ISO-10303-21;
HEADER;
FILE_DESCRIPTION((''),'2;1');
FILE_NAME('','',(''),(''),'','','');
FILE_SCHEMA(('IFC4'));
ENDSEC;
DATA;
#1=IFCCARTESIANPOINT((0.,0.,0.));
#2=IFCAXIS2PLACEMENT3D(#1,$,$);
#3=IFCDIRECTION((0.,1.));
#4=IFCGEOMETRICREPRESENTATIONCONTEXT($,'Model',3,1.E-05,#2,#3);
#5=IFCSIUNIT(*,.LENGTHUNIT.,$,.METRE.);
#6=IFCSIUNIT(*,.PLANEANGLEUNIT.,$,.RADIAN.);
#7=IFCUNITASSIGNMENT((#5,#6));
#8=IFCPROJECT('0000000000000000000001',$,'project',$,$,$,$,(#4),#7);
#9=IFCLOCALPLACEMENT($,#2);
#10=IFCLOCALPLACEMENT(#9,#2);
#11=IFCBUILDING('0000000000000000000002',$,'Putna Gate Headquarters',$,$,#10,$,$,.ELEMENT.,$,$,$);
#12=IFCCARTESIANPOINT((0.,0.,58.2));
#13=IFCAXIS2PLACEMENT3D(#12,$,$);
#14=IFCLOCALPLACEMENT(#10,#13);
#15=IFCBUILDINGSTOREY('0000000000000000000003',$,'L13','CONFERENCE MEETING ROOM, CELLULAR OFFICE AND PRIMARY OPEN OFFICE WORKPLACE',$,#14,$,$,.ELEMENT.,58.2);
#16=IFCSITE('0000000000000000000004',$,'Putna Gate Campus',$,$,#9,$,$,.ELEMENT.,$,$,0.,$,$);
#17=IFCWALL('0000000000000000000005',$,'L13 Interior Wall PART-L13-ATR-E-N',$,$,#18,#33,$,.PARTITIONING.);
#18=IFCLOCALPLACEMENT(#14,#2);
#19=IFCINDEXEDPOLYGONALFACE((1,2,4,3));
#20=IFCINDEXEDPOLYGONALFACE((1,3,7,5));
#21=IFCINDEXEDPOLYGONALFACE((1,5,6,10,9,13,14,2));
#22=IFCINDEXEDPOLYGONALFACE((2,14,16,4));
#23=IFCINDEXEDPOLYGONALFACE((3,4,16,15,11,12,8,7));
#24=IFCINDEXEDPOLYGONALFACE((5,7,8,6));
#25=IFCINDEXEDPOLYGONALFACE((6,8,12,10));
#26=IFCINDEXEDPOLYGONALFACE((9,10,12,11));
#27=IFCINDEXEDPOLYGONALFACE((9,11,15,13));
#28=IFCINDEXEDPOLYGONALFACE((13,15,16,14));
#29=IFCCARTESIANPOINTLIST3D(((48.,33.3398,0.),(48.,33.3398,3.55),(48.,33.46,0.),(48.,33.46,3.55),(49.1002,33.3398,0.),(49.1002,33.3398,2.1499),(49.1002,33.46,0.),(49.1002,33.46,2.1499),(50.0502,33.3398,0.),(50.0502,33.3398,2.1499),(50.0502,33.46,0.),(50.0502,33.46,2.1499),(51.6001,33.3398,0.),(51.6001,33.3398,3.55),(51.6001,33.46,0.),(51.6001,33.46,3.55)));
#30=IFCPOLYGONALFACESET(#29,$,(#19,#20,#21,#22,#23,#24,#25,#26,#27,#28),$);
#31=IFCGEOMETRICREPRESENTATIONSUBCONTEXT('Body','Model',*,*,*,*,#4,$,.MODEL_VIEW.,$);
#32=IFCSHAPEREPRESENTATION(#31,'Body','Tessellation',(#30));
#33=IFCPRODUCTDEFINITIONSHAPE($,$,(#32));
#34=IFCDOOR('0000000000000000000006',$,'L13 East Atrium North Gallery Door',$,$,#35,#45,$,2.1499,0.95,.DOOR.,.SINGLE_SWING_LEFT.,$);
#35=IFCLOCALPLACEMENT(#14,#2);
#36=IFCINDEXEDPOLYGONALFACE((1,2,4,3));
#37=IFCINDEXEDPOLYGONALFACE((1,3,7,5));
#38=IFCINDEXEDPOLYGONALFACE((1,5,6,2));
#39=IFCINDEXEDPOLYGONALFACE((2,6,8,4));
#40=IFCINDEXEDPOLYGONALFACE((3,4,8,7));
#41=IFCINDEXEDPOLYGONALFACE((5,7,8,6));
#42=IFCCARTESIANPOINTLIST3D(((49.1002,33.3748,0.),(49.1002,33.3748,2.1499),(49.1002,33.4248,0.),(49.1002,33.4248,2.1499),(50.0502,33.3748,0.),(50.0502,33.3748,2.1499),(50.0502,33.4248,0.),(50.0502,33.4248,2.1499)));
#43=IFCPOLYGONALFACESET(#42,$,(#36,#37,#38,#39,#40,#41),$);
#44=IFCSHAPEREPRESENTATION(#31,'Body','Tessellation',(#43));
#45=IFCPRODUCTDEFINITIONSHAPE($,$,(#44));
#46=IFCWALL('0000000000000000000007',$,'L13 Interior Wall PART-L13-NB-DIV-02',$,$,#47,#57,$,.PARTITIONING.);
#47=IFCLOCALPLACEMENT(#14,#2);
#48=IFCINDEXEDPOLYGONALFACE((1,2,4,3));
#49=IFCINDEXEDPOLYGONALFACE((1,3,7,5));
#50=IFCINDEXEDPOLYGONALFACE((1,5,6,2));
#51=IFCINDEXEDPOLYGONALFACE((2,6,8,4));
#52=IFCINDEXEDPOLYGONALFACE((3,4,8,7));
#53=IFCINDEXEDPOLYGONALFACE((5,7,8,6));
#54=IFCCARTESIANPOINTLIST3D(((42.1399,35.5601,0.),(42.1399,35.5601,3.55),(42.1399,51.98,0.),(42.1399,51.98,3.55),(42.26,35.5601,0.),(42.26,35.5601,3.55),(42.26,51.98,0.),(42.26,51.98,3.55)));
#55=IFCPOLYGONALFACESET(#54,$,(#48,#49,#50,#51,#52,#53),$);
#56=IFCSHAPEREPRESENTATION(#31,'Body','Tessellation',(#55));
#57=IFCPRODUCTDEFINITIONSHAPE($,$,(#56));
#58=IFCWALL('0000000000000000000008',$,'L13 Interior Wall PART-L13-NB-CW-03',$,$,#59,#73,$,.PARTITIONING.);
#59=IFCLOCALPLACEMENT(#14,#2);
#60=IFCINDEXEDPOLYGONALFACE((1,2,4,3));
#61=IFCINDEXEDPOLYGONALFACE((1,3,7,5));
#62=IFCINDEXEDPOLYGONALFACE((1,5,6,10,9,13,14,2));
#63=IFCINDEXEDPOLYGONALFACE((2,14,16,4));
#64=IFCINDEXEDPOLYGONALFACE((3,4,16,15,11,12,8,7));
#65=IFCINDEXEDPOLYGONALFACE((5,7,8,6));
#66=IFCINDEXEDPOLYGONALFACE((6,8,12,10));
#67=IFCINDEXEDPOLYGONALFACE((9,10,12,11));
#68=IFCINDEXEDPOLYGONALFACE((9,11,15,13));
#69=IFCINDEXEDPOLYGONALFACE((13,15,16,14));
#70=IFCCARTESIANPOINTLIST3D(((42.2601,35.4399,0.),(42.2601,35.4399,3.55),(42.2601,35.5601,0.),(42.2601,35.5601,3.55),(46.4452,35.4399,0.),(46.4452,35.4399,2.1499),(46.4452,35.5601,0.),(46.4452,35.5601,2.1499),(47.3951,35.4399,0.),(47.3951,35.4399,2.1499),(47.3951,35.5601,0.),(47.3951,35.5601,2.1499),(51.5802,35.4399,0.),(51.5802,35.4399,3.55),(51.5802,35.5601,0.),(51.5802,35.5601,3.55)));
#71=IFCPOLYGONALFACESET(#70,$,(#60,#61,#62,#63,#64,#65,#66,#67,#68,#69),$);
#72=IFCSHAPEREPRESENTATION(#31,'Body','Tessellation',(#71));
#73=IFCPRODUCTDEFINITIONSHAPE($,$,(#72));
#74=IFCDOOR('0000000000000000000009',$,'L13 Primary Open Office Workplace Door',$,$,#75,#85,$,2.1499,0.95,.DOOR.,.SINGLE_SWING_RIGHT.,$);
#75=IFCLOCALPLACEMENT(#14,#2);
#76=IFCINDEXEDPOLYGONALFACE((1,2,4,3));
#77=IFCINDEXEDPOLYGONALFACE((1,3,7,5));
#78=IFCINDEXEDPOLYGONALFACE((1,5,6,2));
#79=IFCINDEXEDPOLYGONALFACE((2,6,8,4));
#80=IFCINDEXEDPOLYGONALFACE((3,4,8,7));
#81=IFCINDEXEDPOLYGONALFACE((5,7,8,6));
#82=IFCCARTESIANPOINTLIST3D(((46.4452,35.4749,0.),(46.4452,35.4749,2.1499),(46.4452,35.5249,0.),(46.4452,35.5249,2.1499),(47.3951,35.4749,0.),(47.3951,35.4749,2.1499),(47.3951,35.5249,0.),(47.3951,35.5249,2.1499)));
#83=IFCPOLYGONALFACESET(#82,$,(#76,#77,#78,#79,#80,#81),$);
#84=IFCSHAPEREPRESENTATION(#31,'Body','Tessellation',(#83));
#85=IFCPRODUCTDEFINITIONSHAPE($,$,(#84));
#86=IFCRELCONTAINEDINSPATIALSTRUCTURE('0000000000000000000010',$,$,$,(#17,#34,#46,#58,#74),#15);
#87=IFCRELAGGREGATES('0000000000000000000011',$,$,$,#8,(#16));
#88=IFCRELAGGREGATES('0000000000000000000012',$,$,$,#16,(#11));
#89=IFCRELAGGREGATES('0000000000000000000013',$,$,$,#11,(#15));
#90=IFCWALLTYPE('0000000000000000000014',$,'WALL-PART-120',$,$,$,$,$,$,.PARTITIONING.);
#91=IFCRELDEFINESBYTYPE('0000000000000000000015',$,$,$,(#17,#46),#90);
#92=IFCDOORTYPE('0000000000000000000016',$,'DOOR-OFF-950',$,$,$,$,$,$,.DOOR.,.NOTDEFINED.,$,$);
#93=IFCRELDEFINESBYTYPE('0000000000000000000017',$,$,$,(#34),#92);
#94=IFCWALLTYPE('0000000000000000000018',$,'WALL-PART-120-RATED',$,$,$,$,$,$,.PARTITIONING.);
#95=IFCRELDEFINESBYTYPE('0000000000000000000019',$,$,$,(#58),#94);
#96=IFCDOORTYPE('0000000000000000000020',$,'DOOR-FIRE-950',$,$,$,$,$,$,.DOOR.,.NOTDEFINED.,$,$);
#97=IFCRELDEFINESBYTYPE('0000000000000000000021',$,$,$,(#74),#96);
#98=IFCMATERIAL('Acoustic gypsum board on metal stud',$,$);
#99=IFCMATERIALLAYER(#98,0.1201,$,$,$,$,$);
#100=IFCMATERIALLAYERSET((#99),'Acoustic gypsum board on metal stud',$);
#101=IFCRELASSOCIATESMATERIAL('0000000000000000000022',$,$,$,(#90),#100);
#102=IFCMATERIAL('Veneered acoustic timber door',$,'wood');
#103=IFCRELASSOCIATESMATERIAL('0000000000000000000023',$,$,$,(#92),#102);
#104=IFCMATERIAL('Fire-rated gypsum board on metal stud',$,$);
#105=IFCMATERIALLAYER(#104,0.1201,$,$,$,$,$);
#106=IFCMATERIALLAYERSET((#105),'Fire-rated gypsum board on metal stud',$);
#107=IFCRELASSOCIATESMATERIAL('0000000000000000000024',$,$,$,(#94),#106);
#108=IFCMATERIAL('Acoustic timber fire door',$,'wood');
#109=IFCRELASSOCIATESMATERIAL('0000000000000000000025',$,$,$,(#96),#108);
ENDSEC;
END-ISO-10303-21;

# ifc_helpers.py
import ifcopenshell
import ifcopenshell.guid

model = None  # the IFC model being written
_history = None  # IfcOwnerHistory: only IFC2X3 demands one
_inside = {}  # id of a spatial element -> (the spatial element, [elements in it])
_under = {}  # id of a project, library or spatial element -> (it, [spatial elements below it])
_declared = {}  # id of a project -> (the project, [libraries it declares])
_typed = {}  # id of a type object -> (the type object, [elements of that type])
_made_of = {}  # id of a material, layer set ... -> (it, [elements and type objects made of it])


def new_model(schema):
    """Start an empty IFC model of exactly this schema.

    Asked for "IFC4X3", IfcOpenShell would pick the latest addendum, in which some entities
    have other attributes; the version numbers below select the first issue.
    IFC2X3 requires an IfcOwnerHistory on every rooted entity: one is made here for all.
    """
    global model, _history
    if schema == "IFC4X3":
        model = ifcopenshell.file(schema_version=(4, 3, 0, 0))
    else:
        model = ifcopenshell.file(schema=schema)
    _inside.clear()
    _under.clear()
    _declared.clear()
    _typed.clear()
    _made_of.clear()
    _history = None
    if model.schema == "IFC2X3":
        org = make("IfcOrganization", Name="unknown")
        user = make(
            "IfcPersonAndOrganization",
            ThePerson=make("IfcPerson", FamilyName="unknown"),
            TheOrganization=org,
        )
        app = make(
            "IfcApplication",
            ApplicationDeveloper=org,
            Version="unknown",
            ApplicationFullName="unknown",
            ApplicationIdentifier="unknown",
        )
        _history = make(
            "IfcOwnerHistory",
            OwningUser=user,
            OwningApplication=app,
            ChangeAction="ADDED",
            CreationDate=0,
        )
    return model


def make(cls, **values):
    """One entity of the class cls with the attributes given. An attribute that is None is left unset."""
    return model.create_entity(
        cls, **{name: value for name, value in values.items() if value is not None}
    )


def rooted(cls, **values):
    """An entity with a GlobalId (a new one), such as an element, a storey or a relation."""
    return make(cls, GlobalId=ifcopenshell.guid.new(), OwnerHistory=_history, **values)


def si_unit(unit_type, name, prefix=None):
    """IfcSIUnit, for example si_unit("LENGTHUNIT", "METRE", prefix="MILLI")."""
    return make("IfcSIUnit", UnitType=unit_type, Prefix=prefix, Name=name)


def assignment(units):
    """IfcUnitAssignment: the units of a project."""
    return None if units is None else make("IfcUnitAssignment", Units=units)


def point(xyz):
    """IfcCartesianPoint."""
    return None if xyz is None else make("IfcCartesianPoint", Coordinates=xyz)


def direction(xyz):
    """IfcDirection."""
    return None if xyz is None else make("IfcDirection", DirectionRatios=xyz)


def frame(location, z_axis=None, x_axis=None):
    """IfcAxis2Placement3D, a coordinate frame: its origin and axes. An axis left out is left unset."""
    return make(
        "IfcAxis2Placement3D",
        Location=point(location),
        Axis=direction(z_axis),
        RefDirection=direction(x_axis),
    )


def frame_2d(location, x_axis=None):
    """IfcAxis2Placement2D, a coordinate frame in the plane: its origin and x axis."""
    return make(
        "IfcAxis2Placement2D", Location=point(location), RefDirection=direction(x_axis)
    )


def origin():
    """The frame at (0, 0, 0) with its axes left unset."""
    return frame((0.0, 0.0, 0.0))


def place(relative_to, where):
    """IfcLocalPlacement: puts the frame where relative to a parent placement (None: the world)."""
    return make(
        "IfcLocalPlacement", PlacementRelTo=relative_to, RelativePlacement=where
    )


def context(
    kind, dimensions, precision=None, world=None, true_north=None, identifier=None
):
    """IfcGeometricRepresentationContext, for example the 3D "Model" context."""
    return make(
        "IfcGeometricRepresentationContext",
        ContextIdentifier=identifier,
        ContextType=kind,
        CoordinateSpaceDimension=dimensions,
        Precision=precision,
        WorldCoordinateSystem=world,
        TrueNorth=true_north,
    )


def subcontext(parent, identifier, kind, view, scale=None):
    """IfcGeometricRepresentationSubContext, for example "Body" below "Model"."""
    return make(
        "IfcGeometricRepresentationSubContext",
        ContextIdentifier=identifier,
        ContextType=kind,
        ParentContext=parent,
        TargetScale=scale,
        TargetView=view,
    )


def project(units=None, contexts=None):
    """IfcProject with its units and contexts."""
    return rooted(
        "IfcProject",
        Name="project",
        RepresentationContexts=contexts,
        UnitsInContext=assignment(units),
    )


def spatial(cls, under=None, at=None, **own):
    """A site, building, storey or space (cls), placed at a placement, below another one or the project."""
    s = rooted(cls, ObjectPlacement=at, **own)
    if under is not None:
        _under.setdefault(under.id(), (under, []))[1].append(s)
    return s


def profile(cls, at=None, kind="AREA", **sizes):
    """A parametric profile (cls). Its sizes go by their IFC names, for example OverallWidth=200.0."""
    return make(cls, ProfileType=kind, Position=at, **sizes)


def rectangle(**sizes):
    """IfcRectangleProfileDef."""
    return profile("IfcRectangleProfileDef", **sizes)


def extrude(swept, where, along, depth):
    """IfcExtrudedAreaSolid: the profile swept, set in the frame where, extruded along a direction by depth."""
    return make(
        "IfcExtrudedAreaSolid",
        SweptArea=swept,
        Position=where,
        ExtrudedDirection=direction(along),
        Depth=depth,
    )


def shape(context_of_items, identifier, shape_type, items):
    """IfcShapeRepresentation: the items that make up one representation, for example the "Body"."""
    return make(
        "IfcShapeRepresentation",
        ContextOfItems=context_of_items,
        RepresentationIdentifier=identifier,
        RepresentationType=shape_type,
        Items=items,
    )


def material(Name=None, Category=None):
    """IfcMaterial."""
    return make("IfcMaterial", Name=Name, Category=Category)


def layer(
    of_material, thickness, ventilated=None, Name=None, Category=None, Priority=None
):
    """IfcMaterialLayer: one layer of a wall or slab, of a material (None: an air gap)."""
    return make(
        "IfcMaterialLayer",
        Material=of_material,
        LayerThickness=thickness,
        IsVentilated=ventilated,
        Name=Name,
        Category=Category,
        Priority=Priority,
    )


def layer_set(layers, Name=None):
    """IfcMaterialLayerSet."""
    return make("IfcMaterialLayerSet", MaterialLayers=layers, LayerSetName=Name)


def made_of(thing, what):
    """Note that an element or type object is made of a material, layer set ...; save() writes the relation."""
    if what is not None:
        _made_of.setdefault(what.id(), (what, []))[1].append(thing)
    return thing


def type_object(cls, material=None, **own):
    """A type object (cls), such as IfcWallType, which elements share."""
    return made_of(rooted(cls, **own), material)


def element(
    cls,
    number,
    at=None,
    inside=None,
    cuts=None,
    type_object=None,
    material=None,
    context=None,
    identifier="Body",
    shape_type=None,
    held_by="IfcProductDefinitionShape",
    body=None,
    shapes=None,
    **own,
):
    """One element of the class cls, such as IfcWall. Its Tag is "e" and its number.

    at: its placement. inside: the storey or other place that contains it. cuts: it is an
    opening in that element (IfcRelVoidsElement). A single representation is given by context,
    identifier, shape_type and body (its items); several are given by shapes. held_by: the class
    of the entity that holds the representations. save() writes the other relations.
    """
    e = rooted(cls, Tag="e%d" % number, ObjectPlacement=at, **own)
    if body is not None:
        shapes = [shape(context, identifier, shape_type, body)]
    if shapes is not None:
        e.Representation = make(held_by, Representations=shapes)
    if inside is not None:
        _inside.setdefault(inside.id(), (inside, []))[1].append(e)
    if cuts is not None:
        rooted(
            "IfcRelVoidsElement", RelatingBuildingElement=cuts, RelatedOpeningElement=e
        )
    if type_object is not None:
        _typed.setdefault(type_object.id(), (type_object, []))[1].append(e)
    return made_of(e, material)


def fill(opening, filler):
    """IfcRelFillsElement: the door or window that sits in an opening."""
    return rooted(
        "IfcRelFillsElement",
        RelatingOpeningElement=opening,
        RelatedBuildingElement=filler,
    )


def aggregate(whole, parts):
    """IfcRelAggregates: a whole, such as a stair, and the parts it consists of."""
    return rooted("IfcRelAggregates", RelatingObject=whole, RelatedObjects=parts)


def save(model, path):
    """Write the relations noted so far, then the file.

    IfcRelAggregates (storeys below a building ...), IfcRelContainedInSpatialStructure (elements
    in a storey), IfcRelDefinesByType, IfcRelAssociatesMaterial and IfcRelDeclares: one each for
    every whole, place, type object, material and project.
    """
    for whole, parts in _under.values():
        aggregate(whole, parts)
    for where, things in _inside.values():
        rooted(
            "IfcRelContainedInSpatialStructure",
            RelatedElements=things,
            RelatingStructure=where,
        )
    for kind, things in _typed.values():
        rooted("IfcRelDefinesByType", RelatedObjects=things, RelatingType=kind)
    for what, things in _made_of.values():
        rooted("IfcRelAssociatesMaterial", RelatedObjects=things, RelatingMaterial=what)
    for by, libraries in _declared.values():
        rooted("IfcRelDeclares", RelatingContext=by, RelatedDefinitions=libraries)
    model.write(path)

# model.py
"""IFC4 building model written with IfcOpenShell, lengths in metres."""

from ifc_helpers import new_model, si_unit, direction, frame, frame_2d, origin, place, context, subcontext, project, spatial, rectangle, extrude, material, layer, layer_set, type_object, element, fill, save


model = new_model("IFC4")

# Units and contexts
model_context = context("Model", 3, precision=1e-05, world=origin(), true_north=direction((0.0, 1.0)))
body_context = subcontext(model_context, "Body", "Model", "MODEL_VIEW")
ifc_project = project(units=[si_unit("LENGTHUNIT", "METRE"), si_unit("PLANEANGLEUNIT", "RADIAN")], contexts=[model_context])

# Site, building, storey
site_placement = place(None, origin())
site = spatial("IfcSite", under=ifc_project, at=site_placement, Name="Putna Gate Campus", CompositionType="ELEMENT", RefElevation=0.0)
building_placement = place(site_placement, origin())
building = spatial("IfcBuilding", under=site, at=building_placement, Name="Putna Gate Headquarters", CompositionType="ELEMENT")
storey_placement = place(building_placement, frame((0.0, 0.0, 58.2)))
storey = spatial("IfcBuildingStorey", under=building, at=storey_placement, Name="L13", Description="CONFERENCE MEETING ROOM, CELLULAR OFFICE AND PRIMARY OPEN OFFICE WORKPLACE", CompositionType="ELEMENT", Elevation=58.2)

# Shared definitions
ifc_material_1 = material(Name="Acoustic gypsum board on metal stud")
ifc_layer_1 = layer(ifc_material_1, 0.1201)
ifc_layer_set_1 = layer_set([ifc_layer_1], Name="Acoustic gypsum board on metal stud")
wall_type_1 = type_object("IfcWallType", Name="WALL-PART-120", PredefinedType="PARTITIONING", material=ifc_layer_set_1)

# Wall, opening, door
wall_1_placement = place(storey_placement, frame((48.0, 33.3999, 0.0), z_axis=(0.0, 0.0, 1.0), x_axis=(1.0, 0.0, 0.0)))
wall_1 = element("IfcWall", 1, at=wall_1_placement, inside=storey, type_object=wall_type_1, Name="L13 Interior Wall PART-L13-ATR-E-N", PredefinedType="PARTITIONING", context=body_context, shape_type="SweptSolid", body=[
    extrude(rectangle(XDim=3.6001, YDim=0.1201, at=frame_2d((1.8, 0.0))), origin(), (0.0, 0.0, 1.0), 3.55),
])
opening_1_placement = place(wall_1_placement, frame((1.1001, 0.0, 0.0)))
opening_1 = element("IfcOpeningElement", 2, at=opening_1_placement, cuts=wall_1, PredefinedType="OPENING", context=body_context, shape_type="SweptSolid", body=[
    extrude(rectangle(XDim=0.95, YDim=2.1499, at=frame_2d((0.4751, 1.075))), frame((0.0, 0.0701, 0.0), z_axis=(0.0, -1.0, 0.0), x_axis=(1.0, 0.0, 0.0)), (0.0, 0.0, 1.0), 0.1401),
])
ifc_material_2 = material(Name="Veneered acoustic timber door", Category="wood")
door_type_1 = type_object("IfcDoorType", Name="DOOR-OFF-950", OperationType="NOTDEFINED", PredefinedType="DOOR", material=ifc_material_2)
door_1_placement = place(opening_1_placement, origin())
door_1 = element("IfcDoor", 3, at=door_1_placement, inside=storey, type_object=door_type_1, Name="L13 East Atrium North Gallery Door", OperationType="SINGLE_SWING_LEFT", OverallHeight=2.1499, OverallWidth=0.95, PredefinedType="DOOR", context=body_context, shape_type="SweptSolid", body=[
    extrude(rectangle(XDim=0.95, YDim=2.1499, at=frame_2d((0.4751, 1.075))), frame((0.0, 0.0249, 0.0), z_axis=(0.0, -1.0, 0.0), x_axis=(1.0, 0.0, 0.0)), (0.0, 0.0, 1.0), 0.05),
])
fill(opening_1, door_1)

# Wall
wall_2_placement = place(storey_placement, frame((42.2, 35.5601, 0.0), z_axis=(0.0, 0.0, 1.0), x_axis=(0.0, 1.0, 0.0)))
element("IfcWall", 4, at=wall_2_placement, inside=storey, type_object=wall_type_1, Name="L13 Interior Wall PART-L13-NB-DIV-02", PredefinedType="PARTITIONING", context=body_context, shape_type="SweptSolid", body=[
    extrude(rectangle(XDim=16.4199, YDim=0.1201, at=frame_2d((8.21, 0.0))), origin(), (0.0, 0.0, 1.0), 3.55),
])

# Wall, opening, door
ifc_material_3 = material(Name="Fire-rated gypsum board on metal stud")
ifc_layer_2 = layer(ifc_material_3, 0.1201)
ifc_layer_set_2 = layer_set([ifc_layer_2], Name="Fire-rated gypsum board on metal stud")
wall_type_2 = type_object("IfcWallType", Name="WALL-PART-120-RATED", PredefinedType="PARTITIONING", material=ifc_layer_set_2)
wall_3_placement = place(storey_placement, frame((42.26, 35.5, 0.0), z_axis=(0.0, 0.0, 1.0), x_axis=(1.0, 0.0, 0.0)))
wall_3 = element("IfcWall", 5, at=wall_3_placement, inside=storey, type_object=wall_type_2, Name="L13 Interior Wall PART-L13-NB-CW-03", PredefinedType="PARTITIONING", context=body_context, shape_type="SweptSolid", body=[
    extrude(rectangle(XDim=9.3201, YDim=0.1201, at=frame_2d((4.6602, 0.0))), origin(), (0.0, 0.0, 1.0), 3.55),
])
opening_2_placement = place(wall_3_placement, frame((4.1851, 0.0, 0.0)))
opening_2 = element("IfcOpeningElement", 6, at=opening_2_placement, cuts=wall_3, PredefinedType="OPENING", context=body_context, shape_type="SweptSolid", body=[
    extrude(rectangle(XDim=0.95, YDim=2.1499, at=frame_2d((0.4751, 1.075))), frame((0.0, 0.0701, 0.0), z_axis=(0.0, -1.0, 0.0), x_axis=(1.0, 0.0, 0.0)), (0.0, 0.0, 1.0), 0.1401),
])
ifc_material_4 = material(Name="Acoustic timber fire door", Category="wood")
door_type_2 = type_object("IfcDoorType", Name="DOOR-FIRE-950", OperationType="NOTDEFINED", PredefinedType="DOOR", material=ifc_material_4)
door_2_placement = place(opening_2_placement, origin())
door_2 = element("IfcDoor", 7, at=door_2_placement, inside=storey, type_object=door_type_2, Name="L13 Primary Open Office Workplace Door", OperationType="SINGLE_SWING_RIGHT", OverallHeight=2.1499, OverallWidth=0.95, PredefinedType="DOOR", context=body_context, shape_type="SweptSolid", body=[
    extrude(rectangle(XDim=0.95, YDim=2.1499, at=frame_2d((0.4751, 1.075))), frame((0.0, 0.0249, 0.0), z_axis=(0.0, -1.0, 0.0), x_axis=(1.0, 0.0, 0.0)), (0.0, 0.0, 1.0), 0.05),
])
fill(opening_2, door_2)

save(model, "model.ifc")
